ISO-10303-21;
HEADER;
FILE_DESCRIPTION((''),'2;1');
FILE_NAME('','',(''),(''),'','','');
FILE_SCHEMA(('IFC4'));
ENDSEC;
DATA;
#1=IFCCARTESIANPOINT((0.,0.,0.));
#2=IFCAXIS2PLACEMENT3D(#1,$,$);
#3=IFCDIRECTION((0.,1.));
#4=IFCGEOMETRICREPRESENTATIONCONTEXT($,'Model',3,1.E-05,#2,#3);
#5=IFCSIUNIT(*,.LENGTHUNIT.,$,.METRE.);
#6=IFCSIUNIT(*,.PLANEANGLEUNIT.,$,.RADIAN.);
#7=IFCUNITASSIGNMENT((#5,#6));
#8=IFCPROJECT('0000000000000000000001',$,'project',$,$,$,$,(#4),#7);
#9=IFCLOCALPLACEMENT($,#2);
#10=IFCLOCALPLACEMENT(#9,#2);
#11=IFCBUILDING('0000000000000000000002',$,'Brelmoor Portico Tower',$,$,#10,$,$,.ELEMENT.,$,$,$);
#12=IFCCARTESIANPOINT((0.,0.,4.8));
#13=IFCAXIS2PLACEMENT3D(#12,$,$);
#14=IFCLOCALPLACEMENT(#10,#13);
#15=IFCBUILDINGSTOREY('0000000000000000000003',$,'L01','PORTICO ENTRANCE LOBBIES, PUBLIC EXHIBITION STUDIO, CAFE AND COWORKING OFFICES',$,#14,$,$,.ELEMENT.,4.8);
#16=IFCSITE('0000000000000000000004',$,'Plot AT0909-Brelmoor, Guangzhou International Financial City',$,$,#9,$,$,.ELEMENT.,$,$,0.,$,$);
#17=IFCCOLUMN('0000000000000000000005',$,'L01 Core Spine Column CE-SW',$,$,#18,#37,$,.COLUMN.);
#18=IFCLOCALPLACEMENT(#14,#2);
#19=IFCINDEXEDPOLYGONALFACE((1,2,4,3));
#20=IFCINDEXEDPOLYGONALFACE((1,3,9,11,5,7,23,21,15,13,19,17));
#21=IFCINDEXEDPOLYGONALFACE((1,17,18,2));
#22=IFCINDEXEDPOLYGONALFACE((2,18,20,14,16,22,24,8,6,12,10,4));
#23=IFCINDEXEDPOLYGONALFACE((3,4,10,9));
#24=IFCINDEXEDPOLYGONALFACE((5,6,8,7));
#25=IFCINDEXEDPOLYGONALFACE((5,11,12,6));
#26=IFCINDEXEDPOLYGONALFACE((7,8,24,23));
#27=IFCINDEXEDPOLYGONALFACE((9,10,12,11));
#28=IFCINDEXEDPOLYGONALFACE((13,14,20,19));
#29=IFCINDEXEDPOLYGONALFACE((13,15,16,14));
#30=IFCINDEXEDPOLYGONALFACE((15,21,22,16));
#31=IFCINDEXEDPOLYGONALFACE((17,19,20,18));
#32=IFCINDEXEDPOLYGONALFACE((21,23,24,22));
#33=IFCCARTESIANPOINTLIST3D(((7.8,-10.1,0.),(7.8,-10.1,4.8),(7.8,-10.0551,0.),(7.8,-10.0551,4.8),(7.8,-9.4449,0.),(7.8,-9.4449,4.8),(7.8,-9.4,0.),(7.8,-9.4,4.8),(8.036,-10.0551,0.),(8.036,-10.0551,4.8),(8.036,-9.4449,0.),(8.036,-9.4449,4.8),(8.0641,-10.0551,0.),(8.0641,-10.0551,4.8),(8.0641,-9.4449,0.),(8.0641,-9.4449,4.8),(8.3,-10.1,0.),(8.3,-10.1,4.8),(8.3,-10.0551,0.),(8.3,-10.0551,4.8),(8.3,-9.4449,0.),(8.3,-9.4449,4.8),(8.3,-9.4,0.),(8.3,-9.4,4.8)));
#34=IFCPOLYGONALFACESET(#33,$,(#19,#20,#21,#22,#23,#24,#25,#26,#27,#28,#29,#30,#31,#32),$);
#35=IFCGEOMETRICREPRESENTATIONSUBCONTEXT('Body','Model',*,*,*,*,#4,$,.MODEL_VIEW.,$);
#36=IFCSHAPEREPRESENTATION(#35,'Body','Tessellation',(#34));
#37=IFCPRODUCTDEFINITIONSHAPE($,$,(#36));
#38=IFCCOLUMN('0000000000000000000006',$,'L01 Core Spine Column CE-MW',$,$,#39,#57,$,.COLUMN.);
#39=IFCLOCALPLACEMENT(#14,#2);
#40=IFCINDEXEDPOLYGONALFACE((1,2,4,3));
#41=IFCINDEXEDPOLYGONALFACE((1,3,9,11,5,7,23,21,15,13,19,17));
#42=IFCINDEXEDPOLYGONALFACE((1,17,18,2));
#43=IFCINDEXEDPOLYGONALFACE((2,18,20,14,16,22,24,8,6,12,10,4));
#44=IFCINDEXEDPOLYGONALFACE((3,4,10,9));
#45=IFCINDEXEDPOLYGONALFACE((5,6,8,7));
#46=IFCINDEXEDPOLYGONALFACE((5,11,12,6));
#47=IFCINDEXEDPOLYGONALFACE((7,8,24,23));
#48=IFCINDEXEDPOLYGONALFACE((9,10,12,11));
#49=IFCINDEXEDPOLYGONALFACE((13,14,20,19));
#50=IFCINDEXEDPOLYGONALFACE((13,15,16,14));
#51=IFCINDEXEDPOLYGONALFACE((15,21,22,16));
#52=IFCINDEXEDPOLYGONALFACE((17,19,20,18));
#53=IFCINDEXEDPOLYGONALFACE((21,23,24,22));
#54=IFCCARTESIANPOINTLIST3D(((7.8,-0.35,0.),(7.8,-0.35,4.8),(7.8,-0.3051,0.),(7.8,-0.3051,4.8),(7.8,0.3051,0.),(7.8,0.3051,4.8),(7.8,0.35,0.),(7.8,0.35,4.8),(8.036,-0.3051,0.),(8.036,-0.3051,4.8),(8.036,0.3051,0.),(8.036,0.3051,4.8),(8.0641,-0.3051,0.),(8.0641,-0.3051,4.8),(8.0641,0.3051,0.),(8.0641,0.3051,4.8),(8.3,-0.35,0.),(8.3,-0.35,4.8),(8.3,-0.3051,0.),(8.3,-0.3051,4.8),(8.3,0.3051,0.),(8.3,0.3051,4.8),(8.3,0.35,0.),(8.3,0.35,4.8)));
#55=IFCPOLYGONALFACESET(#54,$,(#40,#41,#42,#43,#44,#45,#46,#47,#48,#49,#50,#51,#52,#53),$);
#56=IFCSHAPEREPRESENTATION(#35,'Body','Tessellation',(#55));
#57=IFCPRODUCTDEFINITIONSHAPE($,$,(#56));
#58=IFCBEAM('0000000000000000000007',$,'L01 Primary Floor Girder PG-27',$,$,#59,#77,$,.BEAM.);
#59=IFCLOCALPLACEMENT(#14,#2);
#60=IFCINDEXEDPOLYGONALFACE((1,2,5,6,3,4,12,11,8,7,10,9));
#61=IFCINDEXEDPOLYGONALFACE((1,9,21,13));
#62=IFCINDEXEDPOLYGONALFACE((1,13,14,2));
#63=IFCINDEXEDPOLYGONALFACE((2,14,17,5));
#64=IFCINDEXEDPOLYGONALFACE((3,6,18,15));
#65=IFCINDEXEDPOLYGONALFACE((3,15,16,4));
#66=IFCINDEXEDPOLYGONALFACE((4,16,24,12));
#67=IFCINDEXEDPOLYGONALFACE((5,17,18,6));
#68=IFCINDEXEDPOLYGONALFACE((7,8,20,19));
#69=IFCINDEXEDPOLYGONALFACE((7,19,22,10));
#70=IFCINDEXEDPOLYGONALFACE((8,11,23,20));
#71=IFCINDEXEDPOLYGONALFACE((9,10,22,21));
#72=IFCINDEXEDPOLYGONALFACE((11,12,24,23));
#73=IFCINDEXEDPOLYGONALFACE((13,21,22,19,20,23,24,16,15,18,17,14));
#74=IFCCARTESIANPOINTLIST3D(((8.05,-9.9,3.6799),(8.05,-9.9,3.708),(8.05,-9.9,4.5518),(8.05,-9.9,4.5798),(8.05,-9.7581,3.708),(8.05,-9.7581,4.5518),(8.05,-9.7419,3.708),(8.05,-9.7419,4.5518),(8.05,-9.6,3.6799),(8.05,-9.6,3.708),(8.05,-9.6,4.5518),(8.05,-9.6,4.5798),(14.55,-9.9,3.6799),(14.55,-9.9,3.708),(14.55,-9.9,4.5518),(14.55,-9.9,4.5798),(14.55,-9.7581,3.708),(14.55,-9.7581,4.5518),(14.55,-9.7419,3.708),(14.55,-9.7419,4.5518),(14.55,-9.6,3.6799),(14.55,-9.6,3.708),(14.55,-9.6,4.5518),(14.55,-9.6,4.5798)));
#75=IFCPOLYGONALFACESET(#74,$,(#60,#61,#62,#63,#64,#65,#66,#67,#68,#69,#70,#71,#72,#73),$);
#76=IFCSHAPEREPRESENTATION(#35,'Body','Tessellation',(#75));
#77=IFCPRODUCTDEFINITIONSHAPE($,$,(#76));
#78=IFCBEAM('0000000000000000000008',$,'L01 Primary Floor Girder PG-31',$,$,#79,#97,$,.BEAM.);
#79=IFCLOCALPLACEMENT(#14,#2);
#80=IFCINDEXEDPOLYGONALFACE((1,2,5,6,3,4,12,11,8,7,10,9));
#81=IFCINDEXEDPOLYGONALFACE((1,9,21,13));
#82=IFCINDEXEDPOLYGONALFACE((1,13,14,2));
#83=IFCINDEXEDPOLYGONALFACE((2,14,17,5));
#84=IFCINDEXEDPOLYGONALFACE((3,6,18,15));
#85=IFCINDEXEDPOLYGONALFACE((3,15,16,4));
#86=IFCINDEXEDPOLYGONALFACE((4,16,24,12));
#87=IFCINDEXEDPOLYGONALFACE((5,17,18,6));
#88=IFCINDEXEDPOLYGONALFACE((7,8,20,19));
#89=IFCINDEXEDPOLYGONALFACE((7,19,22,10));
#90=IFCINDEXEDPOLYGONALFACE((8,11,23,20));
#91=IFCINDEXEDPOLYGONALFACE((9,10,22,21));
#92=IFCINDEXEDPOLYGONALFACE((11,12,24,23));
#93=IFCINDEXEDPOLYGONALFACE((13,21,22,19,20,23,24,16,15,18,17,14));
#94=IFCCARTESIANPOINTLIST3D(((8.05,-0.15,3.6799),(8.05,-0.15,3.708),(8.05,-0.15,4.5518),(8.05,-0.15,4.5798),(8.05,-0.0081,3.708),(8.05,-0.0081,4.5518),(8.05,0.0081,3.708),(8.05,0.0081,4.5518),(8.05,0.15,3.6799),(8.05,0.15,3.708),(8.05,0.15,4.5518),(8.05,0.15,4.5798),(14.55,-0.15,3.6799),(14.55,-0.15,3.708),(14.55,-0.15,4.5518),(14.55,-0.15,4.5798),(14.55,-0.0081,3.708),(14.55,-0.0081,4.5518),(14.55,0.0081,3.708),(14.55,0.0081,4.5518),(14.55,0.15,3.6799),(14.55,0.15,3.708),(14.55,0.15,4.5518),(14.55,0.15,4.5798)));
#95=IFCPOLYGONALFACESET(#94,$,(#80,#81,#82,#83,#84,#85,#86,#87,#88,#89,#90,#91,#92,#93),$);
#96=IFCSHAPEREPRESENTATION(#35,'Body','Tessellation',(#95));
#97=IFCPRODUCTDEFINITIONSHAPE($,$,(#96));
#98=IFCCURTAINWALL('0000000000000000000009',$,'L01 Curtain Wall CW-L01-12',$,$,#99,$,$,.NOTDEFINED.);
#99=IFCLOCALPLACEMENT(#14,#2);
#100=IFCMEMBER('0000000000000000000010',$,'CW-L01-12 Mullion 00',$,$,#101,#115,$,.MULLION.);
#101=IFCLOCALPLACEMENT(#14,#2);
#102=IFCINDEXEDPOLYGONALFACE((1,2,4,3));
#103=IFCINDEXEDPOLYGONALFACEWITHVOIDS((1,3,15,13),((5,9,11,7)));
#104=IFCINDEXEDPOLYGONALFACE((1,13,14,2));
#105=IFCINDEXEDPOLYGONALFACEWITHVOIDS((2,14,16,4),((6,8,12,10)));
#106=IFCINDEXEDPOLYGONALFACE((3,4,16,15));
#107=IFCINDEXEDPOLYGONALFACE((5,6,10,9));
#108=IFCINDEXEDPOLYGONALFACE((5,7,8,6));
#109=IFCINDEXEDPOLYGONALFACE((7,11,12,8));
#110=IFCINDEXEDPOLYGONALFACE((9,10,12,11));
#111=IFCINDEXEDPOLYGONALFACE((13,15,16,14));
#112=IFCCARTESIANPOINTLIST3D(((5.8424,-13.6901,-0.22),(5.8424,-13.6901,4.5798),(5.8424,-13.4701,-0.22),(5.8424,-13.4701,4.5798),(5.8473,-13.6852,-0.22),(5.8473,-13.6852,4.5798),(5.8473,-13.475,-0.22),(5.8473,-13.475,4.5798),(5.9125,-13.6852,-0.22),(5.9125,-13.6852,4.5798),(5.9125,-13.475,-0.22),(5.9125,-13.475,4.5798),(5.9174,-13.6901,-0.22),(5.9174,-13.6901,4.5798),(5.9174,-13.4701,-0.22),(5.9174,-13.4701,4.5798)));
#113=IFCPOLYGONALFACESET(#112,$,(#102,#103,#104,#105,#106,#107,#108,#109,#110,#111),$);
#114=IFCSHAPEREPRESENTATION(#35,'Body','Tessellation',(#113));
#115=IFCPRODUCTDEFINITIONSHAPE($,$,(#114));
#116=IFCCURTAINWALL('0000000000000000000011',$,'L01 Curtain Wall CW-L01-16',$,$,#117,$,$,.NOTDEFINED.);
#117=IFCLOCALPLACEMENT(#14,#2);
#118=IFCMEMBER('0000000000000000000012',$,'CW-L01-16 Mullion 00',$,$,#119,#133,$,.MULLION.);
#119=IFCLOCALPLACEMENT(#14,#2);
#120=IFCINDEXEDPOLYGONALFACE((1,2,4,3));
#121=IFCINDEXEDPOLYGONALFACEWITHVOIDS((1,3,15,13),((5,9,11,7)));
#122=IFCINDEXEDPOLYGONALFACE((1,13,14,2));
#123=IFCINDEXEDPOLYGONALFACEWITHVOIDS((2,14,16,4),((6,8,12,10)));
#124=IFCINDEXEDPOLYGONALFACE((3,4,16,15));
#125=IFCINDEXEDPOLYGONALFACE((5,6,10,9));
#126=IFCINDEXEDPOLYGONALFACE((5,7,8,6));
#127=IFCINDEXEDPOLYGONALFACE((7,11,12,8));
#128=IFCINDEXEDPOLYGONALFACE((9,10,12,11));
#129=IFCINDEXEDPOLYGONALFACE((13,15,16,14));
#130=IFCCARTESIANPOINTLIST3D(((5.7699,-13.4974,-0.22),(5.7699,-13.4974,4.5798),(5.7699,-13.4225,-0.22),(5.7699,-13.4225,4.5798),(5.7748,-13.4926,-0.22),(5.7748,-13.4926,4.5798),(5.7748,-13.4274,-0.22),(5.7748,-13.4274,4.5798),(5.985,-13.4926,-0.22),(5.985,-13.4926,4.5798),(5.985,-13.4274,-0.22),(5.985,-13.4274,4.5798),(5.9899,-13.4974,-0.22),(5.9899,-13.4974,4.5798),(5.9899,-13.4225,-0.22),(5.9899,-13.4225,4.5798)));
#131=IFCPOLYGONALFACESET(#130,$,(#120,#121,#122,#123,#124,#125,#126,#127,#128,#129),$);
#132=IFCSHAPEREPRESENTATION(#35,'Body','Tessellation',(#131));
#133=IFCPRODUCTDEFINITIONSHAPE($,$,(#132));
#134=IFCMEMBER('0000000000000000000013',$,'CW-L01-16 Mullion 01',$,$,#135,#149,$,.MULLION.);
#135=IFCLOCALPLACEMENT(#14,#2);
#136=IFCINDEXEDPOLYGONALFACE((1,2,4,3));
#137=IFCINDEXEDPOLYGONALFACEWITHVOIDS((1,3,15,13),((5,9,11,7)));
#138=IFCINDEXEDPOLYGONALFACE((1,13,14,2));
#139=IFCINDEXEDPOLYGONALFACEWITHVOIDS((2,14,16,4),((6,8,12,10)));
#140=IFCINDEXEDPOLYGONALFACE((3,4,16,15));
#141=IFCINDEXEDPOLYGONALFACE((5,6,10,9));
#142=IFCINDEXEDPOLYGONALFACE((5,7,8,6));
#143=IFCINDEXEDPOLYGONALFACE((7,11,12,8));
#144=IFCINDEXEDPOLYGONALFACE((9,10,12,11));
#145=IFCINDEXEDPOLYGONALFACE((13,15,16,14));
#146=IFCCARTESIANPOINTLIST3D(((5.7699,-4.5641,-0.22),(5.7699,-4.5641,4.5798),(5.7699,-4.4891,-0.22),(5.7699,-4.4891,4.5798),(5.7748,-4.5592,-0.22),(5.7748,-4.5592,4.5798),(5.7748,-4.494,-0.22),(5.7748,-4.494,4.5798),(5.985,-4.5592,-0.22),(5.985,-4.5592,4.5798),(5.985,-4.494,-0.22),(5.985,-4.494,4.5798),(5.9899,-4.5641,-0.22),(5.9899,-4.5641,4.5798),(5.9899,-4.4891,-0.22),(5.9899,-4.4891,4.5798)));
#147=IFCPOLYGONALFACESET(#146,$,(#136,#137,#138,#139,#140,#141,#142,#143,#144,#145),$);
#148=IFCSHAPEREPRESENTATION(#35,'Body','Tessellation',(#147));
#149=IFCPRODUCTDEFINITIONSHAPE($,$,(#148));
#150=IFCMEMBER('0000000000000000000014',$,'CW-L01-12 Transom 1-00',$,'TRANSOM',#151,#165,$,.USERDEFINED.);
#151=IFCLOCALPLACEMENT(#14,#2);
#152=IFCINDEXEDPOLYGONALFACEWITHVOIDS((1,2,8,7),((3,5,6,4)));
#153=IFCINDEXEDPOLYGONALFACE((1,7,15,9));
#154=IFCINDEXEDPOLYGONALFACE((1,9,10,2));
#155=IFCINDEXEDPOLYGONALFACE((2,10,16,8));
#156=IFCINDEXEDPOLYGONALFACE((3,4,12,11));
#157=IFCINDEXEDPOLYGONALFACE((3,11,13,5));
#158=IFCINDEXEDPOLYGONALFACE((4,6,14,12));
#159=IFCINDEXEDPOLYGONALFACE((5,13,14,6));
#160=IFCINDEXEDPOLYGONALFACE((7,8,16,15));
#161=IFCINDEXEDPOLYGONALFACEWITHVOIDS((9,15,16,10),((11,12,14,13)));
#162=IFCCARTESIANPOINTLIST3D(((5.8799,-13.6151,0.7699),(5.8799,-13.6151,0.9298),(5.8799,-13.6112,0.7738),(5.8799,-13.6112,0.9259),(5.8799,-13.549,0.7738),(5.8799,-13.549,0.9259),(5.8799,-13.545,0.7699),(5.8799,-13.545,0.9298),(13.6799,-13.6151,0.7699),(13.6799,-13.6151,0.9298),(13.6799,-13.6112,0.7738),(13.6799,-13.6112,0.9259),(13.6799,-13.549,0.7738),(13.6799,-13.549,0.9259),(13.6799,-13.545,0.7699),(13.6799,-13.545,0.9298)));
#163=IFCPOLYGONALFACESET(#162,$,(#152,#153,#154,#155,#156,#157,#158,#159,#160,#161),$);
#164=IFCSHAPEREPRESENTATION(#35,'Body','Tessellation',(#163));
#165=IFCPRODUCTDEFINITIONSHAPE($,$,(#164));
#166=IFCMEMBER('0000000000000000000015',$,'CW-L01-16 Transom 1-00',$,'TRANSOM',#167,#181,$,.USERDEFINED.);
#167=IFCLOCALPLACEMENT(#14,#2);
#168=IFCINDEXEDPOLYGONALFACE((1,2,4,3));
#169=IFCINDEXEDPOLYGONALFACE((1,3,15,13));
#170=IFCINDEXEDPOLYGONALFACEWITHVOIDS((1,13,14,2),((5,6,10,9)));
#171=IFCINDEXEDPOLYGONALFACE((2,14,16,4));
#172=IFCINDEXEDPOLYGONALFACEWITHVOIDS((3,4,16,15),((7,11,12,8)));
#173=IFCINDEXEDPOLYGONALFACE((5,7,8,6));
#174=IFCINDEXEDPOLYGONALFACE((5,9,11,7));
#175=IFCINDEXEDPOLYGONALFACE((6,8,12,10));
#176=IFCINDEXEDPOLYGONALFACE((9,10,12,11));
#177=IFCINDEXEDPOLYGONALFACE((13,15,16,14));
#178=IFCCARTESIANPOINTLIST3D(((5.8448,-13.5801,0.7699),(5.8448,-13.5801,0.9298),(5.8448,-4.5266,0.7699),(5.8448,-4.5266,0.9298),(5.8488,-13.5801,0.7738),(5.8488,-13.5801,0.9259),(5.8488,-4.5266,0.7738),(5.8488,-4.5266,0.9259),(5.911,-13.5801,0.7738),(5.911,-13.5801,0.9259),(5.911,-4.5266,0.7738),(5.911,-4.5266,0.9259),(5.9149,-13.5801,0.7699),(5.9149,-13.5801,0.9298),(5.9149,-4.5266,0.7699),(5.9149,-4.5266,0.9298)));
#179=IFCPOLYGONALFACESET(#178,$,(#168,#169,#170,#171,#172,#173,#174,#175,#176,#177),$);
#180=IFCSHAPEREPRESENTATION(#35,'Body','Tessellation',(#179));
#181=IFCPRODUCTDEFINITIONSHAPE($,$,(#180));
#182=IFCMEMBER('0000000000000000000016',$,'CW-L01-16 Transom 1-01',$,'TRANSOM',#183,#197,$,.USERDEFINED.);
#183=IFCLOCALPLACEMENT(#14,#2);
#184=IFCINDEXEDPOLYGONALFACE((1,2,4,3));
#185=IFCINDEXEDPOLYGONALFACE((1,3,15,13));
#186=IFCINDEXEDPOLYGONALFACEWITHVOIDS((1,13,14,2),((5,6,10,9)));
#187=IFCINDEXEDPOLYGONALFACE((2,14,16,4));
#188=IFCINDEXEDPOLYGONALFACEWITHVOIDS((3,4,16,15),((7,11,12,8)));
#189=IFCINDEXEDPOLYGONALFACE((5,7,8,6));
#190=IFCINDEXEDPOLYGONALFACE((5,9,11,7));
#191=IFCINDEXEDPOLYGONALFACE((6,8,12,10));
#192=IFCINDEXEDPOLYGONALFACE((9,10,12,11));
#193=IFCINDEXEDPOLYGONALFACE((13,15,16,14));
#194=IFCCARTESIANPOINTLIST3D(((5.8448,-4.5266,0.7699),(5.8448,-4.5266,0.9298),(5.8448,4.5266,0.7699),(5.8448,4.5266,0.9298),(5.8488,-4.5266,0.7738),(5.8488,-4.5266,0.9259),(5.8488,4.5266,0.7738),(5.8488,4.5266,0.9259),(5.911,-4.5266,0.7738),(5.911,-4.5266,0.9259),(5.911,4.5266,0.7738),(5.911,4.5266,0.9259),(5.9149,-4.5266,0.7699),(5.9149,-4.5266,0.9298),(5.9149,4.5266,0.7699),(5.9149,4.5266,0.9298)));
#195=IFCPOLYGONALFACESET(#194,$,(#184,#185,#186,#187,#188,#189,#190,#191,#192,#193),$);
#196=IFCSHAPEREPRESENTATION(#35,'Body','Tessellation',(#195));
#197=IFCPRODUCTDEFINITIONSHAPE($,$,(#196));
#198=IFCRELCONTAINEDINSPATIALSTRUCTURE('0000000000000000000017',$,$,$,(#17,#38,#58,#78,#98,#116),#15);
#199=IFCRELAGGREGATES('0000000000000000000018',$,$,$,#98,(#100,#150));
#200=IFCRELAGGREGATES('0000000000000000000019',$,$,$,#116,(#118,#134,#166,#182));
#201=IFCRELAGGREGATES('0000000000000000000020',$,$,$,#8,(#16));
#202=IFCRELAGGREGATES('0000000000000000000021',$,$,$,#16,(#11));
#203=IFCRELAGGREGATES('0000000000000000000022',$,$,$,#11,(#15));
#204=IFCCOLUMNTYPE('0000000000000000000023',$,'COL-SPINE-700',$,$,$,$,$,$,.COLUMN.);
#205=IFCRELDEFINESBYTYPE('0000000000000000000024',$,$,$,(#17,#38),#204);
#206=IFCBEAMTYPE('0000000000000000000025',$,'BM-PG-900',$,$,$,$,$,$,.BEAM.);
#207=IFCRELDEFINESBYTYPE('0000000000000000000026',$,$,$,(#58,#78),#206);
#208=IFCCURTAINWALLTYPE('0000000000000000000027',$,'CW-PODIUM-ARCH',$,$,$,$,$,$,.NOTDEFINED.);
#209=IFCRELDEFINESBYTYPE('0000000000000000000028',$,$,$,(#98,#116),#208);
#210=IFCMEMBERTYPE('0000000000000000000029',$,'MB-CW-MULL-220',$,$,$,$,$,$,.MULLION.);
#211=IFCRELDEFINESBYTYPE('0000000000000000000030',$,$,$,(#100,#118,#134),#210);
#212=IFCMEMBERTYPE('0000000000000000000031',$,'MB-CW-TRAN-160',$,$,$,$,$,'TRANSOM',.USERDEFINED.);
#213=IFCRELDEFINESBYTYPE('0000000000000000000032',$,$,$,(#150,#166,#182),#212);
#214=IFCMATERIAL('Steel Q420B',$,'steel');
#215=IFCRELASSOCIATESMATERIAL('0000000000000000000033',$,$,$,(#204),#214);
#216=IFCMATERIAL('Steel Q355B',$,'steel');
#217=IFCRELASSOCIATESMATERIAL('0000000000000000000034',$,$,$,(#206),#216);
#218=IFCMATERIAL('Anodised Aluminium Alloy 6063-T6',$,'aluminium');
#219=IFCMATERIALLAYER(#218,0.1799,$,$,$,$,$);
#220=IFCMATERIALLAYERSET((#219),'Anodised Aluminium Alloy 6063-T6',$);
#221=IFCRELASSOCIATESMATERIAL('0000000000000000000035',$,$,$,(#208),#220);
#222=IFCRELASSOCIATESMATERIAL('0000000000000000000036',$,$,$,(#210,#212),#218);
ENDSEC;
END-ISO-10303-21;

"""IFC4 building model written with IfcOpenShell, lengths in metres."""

from ifc_helpers import new_model, si_unit, direction, frame, origin, origin_2d, place, context, subcontext, project, spatial, hollow_rectangle, i_section, extrude, material, layer, layer_set, material_profile, profile_set, type_object, element, aggregate, save


model = new_model("IFC4")

# Units and contexts
model_context = context("Model", 3, precision=1e-05, world=origin(), true_north=direction((0.0, 1.0)))
body_context = subcontext(model_context, "Body", "Model", "MODEL_VIEW")
ifc_project = project(units=[si_unit("LENGTHUNIT", "METRE"), si_unit("PLANEANGLEUNIT", "RADIAN")], contexts=[model_context])

# Site, building, storey
site_placement = place(None, origin())
site = spatial("IfcSite", under=ifc_project, at=site_placement, Name="Plot AT0909-Brelmoor, Guangzhou International Financial City", CompositionType="ELEMENT", RefElevation=0.0)
building_placement = place(site_placement, origin())
building = spatial("IfcBuilding", under=site, at=building_placement, Name="Brelmoor Portico Tower", CompositionType="ELEMENT")
storey_placement = place(building_placement, frame((0.0, 0.0, 4.8)))
storey = spatial("IfcBuildingStorey", under=building, at=storey_placement, Name="L01", Description="PORTICO ENTRANCE LOBBIES, PUBLIC EXHIBITION STUDIO, CAFE AND COWORKING OFFICES", CompositionType="ELEMENT", Elevation=4.8)

# Columns
ifc_material_1 = material(Name="Steel Q420B", Category="steel")
ifc_material_profile_1 = material_profile(ifc_material_1, i_section(OverallWidth=0.5, OverallDepth=0.7, WebThickness=0.0281, FlangeThickness=0.0449, at=origin_2d()), Name="HW 700x500x28x45")
ifc_profile_set_1 = profile_set([ifc_material_profile_1], Name="Steel Q420B")
column_type = type_object("IfcColumnType", Name="COL-SPINE-700", PredefinedType="COLUMN", material=ifc_profile_set_1)
for number, where, z_axis, x_axis, name in (
    (1, (8.05, -9.75, 0.0), (0.0, 0.0, 1.0), (1.0, 0.0, 0.0), "L01 Core Spine Column CE-SW"),
    (2, (8.05, 0.0, 0.0), (0.0, 0.0, 1.0), (1.0, 0.0, 0.0), "L01 Core Spine Column CE-MW"),
):
    element("IfcColumn", number, at=place(storey_placement, frame(where, z_axis=z_axis, x_axis=x_axis)), inside=storey, type_object=column_type, Name=name, PredefinedType="COLUMN", context=body_context, shape_type="SweptSolid", body=[
        extrude(i_section(OverallWidth=0.5, OverallDepth=0.7, WebThickness=0.0281, FlangeThickness=0.0449, at=origin_2d()), origin(), (0.0, 0.0, 1.0), 4.8),
    ])

# Beams
ifc_material_2 = material(Name="Steel Q355B", Category="steel")
ifc_material_profile_2 = material_profile(ifc_material_2, i_section(OverallWidth=0.3, OverallDepth=0.8999, WebThickness=0.0161, FlangeThickness=0.0281, at=origin_2d()), Name="HN 900x300x16x28")
ifc_profile_set_2 = profile_set([ifc_material_profile_2], Name="Steel Q355B")
beam_type = type_object("IfcBeamType", Name="BM-PG-900", PredefinedType="BEAM", material=ifc_profile_set_2)
for number, where, z_axis, x_axis, name in (
    (3, (8.05, -9.75, 4.1299), (1.0, 0.0, 0.0), (0.0, 1.0, 0.0), "L01 Primary Floor Girder PG-27"),
    (4, (8.05, 0.0, 4.1299), (1.0, 0.0, 0.0), (0.0, 1.0, 0.0), "L01 Primary Floor Girder PG-31"),
):
    element("IfcBeam", number, at=place(storey_placement, frame(where, z_axis=z_axis, x_axis=x_axis)), inside=storey, type_object=beam_type, Name=name, PredefinedType="BEAM", context=body_context, shape_type="SweptSolid", body=[
        extrude(i_section(OverallWidth=0.3, OverallDepth=0.8999, WebThickness=0.0161, FlangeThickness=0.0281, at=origin_2d()), origin(), (0.0, 0.0, 1.0), 6.5),
    ])

# Curtain wall, member
ifc_material_3 = material(Name="Anodised Aluminium Alloy 6063-T6", Category="aluminium")
ifc_layer_1 = layer(ifc_material_3, 0.1799)
ifc_layer_set_1 = layer_set([ifc_layer_1], Name="Anodised Aluminium Alloy 6063-T6")
curtain_wall_type = type_object("IfcCurtainWallType", Name="CW-PODIUM-ARCH", PredefinedType="NOTDEFINED", material=ifc_layer_set_1)
curtain_wall_1_placement = place(storey_placement, origin())
curtain_wall_1 = element("IfcCurtainWall", 5, at=curtain_wall_1_placement, inside=storey, type_object=curtain_wall_type, Name="L01 Curtain Wall CW-L01-12", PredefinedType="NOTDEFINED")
ifc_material_profile_3 = material_profile(ifc_material_3, hollow_rectangle(XDim=0.075, YDim=0.22, WallThickness=0.0049, at=origin_2d()), Name="ALU MULLION 75x220")
ifc_profile_set_3 = profile_set([ifc_material_profile_3], Name="Anodised Aluminium Alloy 6063-T6")
member_type_1 = type_object("IfcMemberType", Name="MB-CW-MULL-220", PredefinedType="MULLION", material=ifc_profile_set_3)
member_1_placement = place(storey_placement, frame((5.8799, -13.5801, -0.22), z_axis=(0.0, 0.0, 1.0), x_axis=(1.0, 0.0, 0.0)))
member_1 = element("IfcMember", 6, at=member_1_placement, type_object=member_type_1, Name="CW-L01-12 Mullion 00", PredefinedType="MULLION", context=body_context, shape_type="SweptSolid", body=[
    extrude(hollow_rectangle(XDim=0.075, YDim=0.22, WallThickness=0.0049, at=origin_2d()), origin(), (0.0, 0.0, 1.0), 4.7998),
])

# Curtain wall, members
curtain_wall_2_placement = place(storey_placement, origin())
curtain_wall_2 = element("IfcCurtainWall", 7, at=curtain_wall_2_placement, inside=storey, type_object=curtain_wall_type, Name="L01 Curtain Wall CW-L01-16", PredefinedType="NOTDEFINED")
member_2_placement = place(storey_placement, frame((5.8799, -13.46, -0.22), z_axis=(0.0, 0.0, 1.0), x_axis=(0.0, 1.0, 0.0)))
member_2 = element("IfcMember", 8, at=member_2_placement, type_object=member_type_1, Name="CW-L01-16 Mullion 00", PredefinedType="MULLION", context=body_context, shape_type="SweptSolid", body=[
    extrude(hollow_rectangle(XDim=0.075, YDim=0.22, WallThickness=0.0049, at=origin_2d()), origin(), (0.0, 0.0, 1.0), 4.7998),
])
member_3_placement = place(storey_placement, frame((5.8799, -4.5266, -0.22), z_axis=(0.0, 0.0, 1.0), x_axis=(0.0, 1.0, 0.0)))
member_3 = element("IfcMember", 9, at=member_3_placement, type_object=member_type_1, Name="CW-L01-16 Mullion 01", PredefinedType="MULLION", context=body_context, shape_type="SweptSolid", body=[
    extrude(hollow_rectangle(XDim=0.075, YDim=0.22, WallThickness=0.0049, at=origin_2d()), origin(), (0.0, 0.0, 1.0), 4.7998),
])

# Members
ifc_material_profile_4 = material_profile(ifc_material_3, hollow_rectangle(XDim=0.0701, YDim=0.1599, WallThickness=0.0039, at=origin_2d()), Name="ALU TRANSOM 70x160")
ifc_profile_set_4 = profile_set([ifc_material_profile_4], Name="Anodised Aluminium Alloy 6063-T6")
member_type_2 = type_object("IfcMemberType", Name="MB-CW-TRAN-160", ElementType="TRANSOM", PredefinedType="USERDEFINED", material=ifc_profile_set_4)
member_4_placement = place(storey_placement, frame((5.8799, -13.5801, 0.8499), z_axis=(1.0, 0.0, 0.0), x_axis=(0.0, 1.0, 0.0)))
member_4 = element("IfcMember", 10, at=member_4_placement, type_object=member_type_2, Name="CW-L01-12 Transom 1-00", ObjectType="TRANSOM", PredefinedType="USERDEFINED", context=body_context, shape_type="SweptSolid", body=[
    extrude(hollow_rectangle(XDim=0.0701, YDim=0.1599, WallThickness=0.0039, at=origin_2d()), origin(), (0.0, 0.0, 1.0), 7.8),
])
member_5_placement = place(storey_placement, frame((5.8799, -13.5801, 0.8499), z_axis=(0.0, 1.0, 0.0), x_axis=(-1.0, 0.0, 0.0)))
member_5 = element("IfcMember", 11, at=member_5_placement, type_object=member_type_2, Name="CW-L01-16 Transom 1-00", ObjectType="TRANSOM", PredefinedType="USERDEFINED", context=body_context, shape_type="SweptSolid", body=[
    extrude(hollow_rectangle(XDim=0.0701, YDim=0.1599, WallThickness=0.0039, at=origin_2d()), origin(), (0.0, 0.0, 1.0), 9.0535),
])
member_6_placement = place(storey_placement, frame((5.8799, -4.5266, 0.8499), z_axis=(0.0, 1.0, 0.0), x_axis=(-1.0, 0.0, 0.0)))
member_6 = element("IfcMember", 12, at=member_6_placement, type_object=member_type_2, Name="CW-L01-16 Transom 1-01", ObjectType="TRANSOM", PredefinedType="USERDEFINED", context=body_context, shape_type="SweptSolid", body=[
    extrude(hollow_rectangle(XDim=0.0701, YDim=0.1599, WallThickness=0.0039, at=origin_2d()), origin(), (0.0, 0.0, 1.0), 9.0532),
])

aggregate(curtain_wall_1, [member_1, member_4])
aggregate(curtain_wall_2, [member_2, member_3, member_5, member_6])

save(model, "model.ifc")
